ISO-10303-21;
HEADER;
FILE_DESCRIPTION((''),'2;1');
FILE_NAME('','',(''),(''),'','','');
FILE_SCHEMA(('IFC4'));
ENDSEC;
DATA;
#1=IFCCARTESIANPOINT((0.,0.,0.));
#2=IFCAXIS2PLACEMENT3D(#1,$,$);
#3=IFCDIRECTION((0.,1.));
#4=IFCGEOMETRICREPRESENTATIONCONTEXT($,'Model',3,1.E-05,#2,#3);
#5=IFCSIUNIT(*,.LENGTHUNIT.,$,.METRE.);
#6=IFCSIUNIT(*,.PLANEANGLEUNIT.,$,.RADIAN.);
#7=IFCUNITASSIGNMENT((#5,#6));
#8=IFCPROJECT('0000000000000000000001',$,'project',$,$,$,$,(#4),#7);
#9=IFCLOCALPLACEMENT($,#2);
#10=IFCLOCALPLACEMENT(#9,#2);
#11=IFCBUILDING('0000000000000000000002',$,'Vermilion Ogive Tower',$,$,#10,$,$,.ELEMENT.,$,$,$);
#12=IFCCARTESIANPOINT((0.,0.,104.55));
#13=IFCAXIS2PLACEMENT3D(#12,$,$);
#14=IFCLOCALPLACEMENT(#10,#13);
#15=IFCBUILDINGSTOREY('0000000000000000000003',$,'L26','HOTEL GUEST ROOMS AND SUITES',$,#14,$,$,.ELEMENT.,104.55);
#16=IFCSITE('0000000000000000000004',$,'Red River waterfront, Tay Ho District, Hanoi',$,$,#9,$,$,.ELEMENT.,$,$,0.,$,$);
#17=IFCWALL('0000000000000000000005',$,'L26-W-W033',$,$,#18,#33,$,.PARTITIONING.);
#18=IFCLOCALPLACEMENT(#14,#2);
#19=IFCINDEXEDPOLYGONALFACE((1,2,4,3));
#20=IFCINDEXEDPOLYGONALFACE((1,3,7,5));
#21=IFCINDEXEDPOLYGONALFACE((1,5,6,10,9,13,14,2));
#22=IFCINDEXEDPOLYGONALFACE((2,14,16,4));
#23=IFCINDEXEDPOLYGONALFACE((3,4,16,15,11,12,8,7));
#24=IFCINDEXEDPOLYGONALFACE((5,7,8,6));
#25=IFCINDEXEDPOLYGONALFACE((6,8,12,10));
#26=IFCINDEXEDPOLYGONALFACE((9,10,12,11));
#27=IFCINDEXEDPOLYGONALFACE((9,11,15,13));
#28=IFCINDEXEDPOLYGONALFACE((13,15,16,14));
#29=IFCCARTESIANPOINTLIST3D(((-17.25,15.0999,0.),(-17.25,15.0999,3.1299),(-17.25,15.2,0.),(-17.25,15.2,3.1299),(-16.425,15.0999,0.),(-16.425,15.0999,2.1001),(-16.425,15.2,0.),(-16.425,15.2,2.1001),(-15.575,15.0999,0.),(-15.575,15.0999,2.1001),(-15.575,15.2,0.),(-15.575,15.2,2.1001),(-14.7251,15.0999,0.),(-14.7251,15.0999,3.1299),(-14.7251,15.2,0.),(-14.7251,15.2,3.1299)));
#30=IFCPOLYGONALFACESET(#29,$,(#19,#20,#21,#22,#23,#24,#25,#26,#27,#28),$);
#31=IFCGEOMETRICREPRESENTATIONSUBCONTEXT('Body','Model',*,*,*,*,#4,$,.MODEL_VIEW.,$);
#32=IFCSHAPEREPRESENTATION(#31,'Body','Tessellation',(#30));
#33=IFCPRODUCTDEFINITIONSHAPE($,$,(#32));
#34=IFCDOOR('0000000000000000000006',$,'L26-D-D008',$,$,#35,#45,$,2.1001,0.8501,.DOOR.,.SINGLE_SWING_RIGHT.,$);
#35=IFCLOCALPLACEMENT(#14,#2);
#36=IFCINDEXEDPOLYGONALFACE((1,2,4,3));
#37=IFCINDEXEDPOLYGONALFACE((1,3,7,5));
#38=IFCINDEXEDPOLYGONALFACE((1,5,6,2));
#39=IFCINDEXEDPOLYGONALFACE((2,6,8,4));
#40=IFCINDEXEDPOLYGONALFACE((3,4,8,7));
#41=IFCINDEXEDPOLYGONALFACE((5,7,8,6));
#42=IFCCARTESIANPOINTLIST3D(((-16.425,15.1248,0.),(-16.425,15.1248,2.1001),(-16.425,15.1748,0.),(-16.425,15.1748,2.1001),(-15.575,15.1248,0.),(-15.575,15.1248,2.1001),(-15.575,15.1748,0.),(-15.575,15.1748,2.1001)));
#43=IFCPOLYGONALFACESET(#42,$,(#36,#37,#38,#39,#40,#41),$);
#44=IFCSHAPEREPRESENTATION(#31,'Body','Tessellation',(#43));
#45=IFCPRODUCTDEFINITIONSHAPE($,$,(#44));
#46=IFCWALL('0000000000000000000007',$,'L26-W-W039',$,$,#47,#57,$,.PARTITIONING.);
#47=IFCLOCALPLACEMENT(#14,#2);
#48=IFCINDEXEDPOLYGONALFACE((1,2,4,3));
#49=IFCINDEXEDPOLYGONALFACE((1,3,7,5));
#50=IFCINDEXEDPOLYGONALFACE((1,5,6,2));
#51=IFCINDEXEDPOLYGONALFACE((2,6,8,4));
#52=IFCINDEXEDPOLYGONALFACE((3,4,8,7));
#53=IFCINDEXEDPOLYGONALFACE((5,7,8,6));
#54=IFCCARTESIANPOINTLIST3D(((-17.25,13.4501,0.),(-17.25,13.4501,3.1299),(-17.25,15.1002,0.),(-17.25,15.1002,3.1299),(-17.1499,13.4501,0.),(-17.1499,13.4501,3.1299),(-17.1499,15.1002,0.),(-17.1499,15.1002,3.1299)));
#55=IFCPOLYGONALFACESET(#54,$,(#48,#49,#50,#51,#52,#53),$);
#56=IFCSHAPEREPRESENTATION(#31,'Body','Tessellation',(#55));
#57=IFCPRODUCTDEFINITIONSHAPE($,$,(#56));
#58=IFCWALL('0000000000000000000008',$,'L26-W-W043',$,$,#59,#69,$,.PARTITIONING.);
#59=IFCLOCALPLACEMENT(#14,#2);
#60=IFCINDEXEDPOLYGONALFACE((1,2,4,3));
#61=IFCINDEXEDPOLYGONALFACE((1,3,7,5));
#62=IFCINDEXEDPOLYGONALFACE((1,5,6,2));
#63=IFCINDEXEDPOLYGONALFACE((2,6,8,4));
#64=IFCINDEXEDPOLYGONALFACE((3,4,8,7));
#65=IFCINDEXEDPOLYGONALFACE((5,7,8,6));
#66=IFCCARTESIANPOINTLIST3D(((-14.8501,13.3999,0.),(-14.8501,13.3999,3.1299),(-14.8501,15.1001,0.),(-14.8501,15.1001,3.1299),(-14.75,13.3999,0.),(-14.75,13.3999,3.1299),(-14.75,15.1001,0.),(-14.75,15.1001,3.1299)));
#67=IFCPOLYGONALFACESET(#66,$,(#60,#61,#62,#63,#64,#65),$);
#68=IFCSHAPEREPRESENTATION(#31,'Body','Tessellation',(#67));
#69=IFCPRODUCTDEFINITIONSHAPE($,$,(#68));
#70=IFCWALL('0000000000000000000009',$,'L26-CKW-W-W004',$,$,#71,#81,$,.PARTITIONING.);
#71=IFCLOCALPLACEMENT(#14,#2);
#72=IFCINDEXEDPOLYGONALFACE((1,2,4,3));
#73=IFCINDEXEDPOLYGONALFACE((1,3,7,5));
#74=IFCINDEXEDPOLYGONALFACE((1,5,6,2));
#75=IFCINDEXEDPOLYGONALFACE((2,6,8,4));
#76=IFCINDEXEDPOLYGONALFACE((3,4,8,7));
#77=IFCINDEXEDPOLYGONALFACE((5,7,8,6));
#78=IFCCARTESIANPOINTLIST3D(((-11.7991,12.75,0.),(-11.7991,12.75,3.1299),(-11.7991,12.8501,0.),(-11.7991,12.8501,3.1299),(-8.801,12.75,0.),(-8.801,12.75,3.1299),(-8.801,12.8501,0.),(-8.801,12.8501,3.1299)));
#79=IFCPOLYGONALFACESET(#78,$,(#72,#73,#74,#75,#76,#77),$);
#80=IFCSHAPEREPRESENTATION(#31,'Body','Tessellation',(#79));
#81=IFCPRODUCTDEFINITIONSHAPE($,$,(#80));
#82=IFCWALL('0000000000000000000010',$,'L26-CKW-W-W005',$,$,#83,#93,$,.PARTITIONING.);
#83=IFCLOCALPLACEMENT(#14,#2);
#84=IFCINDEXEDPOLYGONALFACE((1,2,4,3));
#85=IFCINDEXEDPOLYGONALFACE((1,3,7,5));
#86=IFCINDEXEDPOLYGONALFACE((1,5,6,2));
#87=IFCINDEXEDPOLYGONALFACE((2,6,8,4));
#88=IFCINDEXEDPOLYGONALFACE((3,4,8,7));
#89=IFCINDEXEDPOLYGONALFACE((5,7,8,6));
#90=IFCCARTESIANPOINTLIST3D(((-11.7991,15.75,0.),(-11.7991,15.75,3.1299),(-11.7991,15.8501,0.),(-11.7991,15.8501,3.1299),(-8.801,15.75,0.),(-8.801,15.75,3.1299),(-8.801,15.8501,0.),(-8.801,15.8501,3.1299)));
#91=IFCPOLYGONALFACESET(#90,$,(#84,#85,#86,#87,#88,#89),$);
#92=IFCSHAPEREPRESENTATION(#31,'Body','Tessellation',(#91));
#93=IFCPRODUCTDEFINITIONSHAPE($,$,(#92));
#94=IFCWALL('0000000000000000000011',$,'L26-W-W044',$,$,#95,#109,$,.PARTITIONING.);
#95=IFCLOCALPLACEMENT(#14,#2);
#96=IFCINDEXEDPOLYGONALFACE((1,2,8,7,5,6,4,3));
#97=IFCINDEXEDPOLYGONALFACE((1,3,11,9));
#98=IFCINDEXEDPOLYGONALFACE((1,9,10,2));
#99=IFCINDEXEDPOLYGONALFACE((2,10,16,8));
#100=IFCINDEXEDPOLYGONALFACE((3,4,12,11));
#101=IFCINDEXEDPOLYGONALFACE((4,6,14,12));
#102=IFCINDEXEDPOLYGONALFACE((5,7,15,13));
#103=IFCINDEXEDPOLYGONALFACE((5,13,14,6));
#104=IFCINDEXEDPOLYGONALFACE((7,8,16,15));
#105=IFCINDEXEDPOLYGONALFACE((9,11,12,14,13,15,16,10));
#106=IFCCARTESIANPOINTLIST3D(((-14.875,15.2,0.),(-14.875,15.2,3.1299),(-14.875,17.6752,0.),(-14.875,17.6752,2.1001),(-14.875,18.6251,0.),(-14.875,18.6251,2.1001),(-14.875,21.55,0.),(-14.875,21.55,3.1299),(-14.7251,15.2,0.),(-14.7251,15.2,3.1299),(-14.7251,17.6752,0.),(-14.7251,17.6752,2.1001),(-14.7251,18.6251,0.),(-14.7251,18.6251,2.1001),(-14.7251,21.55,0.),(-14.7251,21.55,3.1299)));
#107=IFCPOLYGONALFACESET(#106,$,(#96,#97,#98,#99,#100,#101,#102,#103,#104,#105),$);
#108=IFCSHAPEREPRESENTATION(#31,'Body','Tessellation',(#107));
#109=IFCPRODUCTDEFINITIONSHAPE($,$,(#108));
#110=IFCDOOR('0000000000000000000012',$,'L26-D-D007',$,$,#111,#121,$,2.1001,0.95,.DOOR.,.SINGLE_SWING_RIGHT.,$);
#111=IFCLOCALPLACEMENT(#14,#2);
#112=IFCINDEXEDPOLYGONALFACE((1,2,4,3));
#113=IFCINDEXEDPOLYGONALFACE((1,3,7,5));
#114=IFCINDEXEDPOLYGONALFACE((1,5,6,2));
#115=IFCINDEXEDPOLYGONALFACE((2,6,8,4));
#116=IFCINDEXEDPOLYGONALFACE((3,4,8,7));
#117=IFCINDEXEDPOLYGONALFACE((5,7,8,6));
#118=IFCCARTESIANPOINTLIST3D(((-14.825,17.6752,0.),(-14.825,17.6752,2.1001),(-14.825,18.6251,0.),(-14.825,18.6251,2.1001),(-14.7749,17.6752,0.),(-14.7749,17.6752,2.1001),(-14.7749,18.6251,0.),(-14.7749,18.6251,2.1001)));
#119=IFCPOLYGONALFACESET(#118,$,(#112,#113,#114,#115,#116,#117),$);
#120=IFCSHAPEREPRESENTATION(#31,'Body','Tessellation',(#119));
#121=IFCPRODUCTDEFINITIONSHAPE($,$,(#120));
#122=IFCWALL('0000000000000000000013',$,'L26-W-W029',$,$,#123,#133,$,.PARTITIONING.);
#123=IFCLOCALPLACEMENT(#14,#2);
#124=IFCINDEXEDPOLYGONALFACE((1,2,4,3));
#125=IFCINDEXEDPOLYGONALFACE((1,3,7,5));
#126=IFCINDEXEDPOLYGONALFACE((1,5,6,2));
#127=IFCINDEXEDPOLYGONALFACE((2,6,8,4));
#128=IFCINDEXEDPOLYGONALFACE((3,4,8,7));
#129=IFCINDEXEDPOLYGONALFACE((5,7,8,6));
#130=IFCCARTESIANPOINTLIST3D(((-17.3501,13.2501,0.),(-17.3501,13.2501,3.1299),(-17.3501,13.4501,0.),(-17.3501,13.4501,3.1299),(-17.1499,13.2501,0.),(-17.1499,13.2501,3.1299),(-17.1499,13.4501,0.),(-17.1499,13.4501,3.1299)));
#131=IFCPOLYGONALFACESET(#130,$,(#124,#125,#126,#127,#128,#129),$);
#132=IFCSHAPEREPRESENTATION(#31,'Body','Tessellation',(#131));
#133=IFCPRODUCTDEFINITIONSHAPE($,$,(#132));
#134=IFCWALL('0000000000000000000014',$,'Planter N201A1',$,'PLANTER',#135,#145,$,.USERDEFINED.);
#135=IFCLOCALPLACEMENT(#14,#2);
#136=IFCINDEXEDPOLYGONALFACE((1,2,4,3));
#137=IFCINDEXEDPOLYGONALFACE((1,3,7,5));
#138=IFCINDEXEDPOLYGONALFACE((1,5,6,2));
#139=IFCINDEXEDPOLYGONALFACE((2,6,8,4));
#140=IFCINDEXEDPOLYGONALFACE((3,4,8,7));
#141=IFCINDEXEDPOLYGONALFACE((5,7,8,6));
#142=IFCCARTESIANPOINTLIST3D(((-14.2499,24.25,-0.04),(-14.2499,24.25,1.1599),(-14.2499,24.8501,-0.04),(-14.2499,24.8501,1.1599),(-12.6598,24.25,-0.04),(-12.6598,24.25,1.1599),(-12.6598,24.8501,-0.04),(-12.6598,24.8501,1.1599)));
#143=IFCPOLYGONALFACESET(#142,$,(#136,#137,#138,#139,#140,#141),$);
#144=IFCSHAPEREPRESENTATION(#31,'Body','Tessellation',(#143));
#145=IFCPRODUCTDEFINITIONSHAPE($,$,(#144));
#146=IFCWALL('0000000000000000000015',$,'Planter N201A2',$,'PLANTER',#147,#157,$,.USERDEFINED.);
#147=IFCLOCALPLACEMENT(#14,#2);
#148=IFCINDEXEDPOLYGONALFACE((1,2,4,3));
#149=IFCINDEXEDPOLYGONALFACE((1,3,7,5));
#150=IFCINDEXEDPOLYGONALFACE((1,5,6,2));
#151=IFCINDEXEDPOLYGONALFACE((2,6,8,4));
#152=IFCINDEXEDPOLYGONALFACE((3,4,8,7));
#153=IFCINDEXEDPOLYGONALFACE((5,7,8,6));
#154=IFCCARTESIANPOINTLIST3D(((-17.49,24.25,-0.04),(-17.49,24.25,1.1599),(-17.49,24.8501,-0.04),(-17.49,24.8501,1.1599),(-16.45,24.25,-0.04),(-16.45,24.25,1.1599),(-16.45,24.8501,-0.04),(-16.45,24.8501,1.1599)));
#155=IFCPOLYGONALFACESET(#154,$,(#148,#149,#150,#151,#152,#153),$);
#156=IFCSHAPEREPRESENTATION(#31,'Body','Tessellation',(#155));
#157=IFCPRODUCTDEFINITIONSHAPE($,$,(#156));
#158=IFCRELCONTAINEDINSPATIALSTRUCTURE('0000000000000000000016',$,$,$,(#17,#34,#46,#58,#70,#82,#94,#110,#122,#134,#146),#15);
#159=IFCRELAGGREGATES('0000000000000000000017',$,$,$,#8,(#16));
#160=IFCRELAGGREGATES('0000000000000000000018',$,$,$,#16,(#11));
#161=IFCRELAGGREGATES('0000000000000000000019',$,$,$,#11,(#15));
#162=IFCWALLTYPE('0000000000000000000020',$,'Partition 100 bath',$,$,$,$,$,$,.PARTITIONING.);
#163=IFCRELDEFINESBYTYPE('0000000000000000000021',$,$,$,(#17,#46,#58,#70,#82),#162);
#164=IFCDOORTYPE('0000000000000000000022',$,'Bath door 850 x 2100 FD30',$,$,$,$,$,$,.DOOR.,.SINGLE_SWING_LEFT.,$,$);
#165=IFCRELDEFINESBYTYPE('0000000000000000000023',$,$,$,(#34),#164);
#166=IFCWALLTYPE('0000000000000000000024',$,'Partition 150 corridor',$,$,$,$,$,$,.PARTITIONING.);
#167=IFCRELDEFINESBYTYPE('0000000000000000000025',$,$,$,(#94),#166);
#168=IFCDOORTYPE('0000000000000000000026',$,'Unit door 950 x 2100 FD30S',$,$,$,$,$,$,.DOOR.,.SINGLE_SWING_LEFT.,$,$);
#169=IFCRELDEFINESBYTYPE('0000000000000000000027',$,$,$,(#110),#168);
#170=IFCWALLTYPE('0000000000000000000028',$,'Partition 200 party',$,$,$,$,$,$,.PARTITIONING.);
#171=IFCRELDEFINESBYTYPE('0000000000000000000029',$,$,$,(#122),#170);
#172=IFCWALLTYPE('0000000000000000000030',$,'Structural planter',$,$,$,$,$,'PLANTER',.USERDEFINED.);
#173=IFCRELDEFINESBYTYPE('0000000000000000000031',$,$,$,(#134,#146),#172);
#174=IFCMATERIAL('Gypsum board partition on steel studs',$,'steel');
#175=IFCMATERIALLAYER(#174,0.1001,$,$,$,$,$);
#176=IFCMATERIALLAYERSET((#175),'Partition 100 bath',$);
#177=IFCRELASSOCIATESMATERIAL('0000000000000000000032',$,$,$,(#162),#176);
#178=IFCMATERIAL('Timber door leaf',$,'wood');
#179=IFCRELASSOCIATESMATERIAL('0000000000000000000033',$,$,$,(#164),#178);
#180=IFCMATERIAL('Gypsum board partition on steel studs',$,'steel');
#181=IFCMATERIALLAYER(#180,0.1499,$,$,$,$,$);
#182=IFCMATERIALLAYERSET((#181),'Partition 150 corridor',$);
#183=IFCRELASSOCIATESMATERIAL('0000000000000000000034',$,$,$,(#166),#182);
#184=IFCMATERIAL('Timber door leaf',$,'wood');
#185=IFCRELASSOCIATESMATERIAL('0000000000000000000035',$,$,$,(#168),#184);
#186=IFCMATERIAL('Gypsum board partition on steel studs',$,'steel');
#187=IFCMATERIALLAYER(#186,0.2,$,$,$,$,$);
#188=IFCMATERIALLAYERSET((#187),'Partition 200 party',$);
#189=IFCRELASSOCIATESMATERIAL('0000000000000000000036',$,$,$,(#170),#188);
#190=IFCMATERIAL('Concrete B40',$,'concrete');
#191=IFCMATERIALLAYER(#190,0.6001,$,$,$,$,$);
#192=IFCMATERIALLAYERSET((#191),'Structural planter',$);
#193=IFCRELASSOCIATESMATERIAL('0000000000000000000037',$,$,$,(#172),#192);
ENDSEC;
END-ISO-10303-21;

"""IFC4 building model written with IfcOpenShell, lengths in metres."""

from ifc_helpers import new_model, si_unit, direction, frame, frame_2d, origin, place, context, subcontext, project, spatial, rectangle, extrude, material, layer, layer_set, type_object, element, fill, save


model = new_model("IFC4")

# Units and contexts
model_context = context("Model", 3, precision=1e-05, world=origin(), true_north=direction((0.0, 1.0)))
body_context = subcontext(model_context, "Body", "Model", "MODEL_VIEW")
ifc_project = project(units=[si_unit("LENGTHUNIT", "METRE"), si_unit("PLANEANGLEUNIT", "RADIAN")], contexts=[model_context])

# Site, building, storey
site_placement = place(None, origin())
site = spatial("IfcSite", under=ifc_project, at=site_placement, Name="Red River waterfront, Tay Ho District, Hanoi", CompositionType="ELEMENT", RefElevation=0.0)
building_placement = place(site_placement, origin())
building = spatial("IfcBuilding", under=site, at=building_placement, Name="Vermilion Ogive Tower", CompositionType="ELEMENT")
storey_placement = place(building_placement, frame((0.0, 0.0, 104.55)))
storey = spatial("IfcBuildingStorey", under=building, at=storey_placement, Name="L26", Description="HOTEL GUEST ROOMS AND SUITES", CompositionType="ELEMENT", Elevation=104.55)

# Shared definitions
ifc_material_1 = material(Name="Gypsum board partition on steel studs", Category="steel")
ifc_layer_1 = layer(ifc_material_1, 0.1001)
ifc_layer_set_1 = layer_set([ifc_layer_1], Name="Partition 100 bath")
wall_type_1 = type_object("IfcWallType", Name="Partition 100 bath", PredefinedType="PARTITIONING", material=ifc_layer_set_1)

# Wall, opening, door
wall_1_placement = place(storey_placement, frame((-17.25, 15.1499, 0.0), z_axis=(0.0, 0.0, 1.0), x_axis=(1.0, 0.0, 0.0)))
wall_1 = element("IfcWall", 1, at=wall_1_placement, inside=storey, type_object=wall_type_1, Name="L26-W-W033", PredefinedType="PARTITIONING", context=body_context, shape_type="SweptSolid", body=[
    extrude(rectangle(XDim=2.5249, YDim=0.1001, at=frame_2d((1.2625, 0.0))), origin(), (0.0, 0.0, 1.0), 3.1299),
])
opening_1_placement = place(wall_1_placement, frame((0.825, 0.0, 0.0)))
opening_1 = element("IfcOpeningElement", 2, at=opening_1_placement, cuts=wall_1, PredefinedType="OPENING", context=body_context, shape_type="SweptSolid", body=[
    extrude(rectangle(XDim=0.8501, YDim=2.1001, at=frame_2d((0.425, 1.05))), frame((0.0, 0.0601, 0.0), z_axis=(0.0, -1.0, 0.0), x_axis=(1.0, 0.0, 0.0)), (0.0, 0.0, 1.0), 0.1201),
])
ifc_material_2 = material(Name="Timber door leaf", Category="wood")
door_type_1 = type_object("IfcDoorType", Name="Bath door 850 x 2100 FD30", OperationType="SINGLE_SWING_LEFT", PredefinedType="DOOR", material=ifc_material_2)
door_1_placement = place(opening_1_placement, origin())
door_1 = element("IfcDoor", 3, at=door_1_placement, inside=storey, type_object=door_type_1, Name="L26-D-D008", OperationType="SINGLE_SWING_RIGHT", OverallHeight=2.1001, OverallWidth=0.8501, PredefinedType="DOOR", context=body_context, shape_type="SweptSolid", body=[
    extrude(rectangle(XDim=0.8501, YDim=2.1001, at=frame_2d((0.425, 1.05))), frame((0.0, 0.0249, 0.0), z_axis=(0.0, -1.0, 0.0), x_axis=(1.0, 0.0, 0.0)), (0.0, 0.0, 1.0), 0.05),
])
fill(opening_1, door_1)

# Walls
wall_2_placement = place(storey_placement, frame((-17.2, 13.45, 0.0), z_axis=(0.0, 0.0, 1.0), x_axis=(0.0, 1.0, 0.0)))
element("IfcWall", 4, at=wall_2_placement, inside=storey, type_object=wall_type_1, Name="L26-W-W039", PredefinedType="PARTITIONING", context=body_context, shape_type="SweptSolid", body=[
    extrude(rectangle(XDim=1.6501, YDim=0.1001, at=frame_2d((0.8252, 0.0))), origin(), (0.0, 0.0, 1.0), 3.1299),
])
wall_3_placement = place(storey_placement, frame((-14.8, 13.3999, 0.0), z_axis=(0.0, 0.0, 1.0), x_axis=(0.0, 1.0, 0.0)))
element("IfcWall", 5, at=wall_3_placement, inside=storey, type_object=wall_type_1, Name="L26-W-W043", PredefinedType="PARTITIONING", context=body_context, shape_type="SweptSolid", body=[
    extrude(rectangle(XDim=1.7002, YDim=0.1001, at=frame_2d((0.8501, 0.0))), origin(), (0.0, 0.0, 1.0), 3.1299),
])
for number, where, z_axis, x_axis, name in (
    (6, (-11.7991, 12.8, 0.0), (0.0, 0.0, 1.0), (1.0, 0.0, 0.0), "L26-CKW-W-W004"),
    (7, (-11.7991, 15.8, 0.0), (0.0, 0.0, 1.0), (1.0, 0.0, 0.0), "L26-CKW-W-W005"),
):
    element("IfcWall", number, at=place(storey_placement, frame(where, z_axis=z_axis, x_axis=x_axis)), inside=storey, type_object=wall_type_1, Name=name, PredefinedType="PARTITIONING", context=body_context, shape_type="SweptSolid", body=[
        extrude(rectangle(XDim=2.998, YDim=0.1001, at=frame_2d((1.499, 0.0))), origin(), (0.0, 0.0, 1.0), 3.1299),
    ])

# Wall, opening, door
ifc_material_3 = material(Name="Gypsum board partition on steel studs", Category="steel")
ifc_layer_2 = layer(ifc_material_3, 0.1499)
ifc_layer_set_2 = layer_set([ifc_layer_2], Name="Partition 150 corridor")
wall_type_2 = type_object("IfcWallType", Name="Partition 150 corridor", PredefinedType="PARTITIONING", material=ifc_layer_set_2)
wall_4_placement = place(storey_placement, frame((-14.8, 15.2, 0.0), z_axis=(0.0, 0.0, 1.0), x_axis=(0.0, 1.0, 0.0)))
wall_4 = element("IfcWall", 8, at=wall_4_placement, inside=storey, type_object=wall_type_2, Name="L26-W-W044", PredefinedType="PARTITIONING", context=body_context, shape_type="SweptSolid", body=[
    extrude(rectangle(XDim=6.3501, YDim=0.1499, at=frame_2d((3.175, 0.0))), origin(), (0.0, 0.0, 1.0), 3.1299),
])
opening_2_placement = place(wall_4_placement, frame((2.4751, 0.0, 0.0)))
opening_2 = element("IfcOpeningElement", 9, at=opening_2_placement, cuts=wall_4, PredefinedType="OPENING", context=body_context, shape_type="SweptSolid", body=[
    extrude(rectangle(XDim=0.95, YDim=2.1001, at=frame_2d((0.4751, 1.05))), frame((0.0, 0.085, 0.0), z_axis=(0.0, -1.0, 0.0), x_axis=(1.0, 0.0, 0.0)), (0.0, 0.0, 1.0), 0.1699),
])
ifc_material_4 = material(Name="Timber door leaf", Category="wood")
door_type_2 = type_object("IfcDoorType", Name="Unit door 950 x 2100 FD30S", OperationType="SINGLE_SWING_LEFT", PredefinedType="DOOR", material=ifc_material_4)
door_2_placement = place(opening_2_placement, origin())
door_2 = element("IfcDoor", 10, at=door_2_placement, inside=storey, type_object=door_type_2, Name="L26-D-D007", OperationType="SINGLE_SWING_RIGHT", OverallHeight=2.1001, OverallWidth=0.95, PredefinedType="DOOR", context=body_context, shape_type="SweptSolid", body=[
    extrude(rectangle(XDim=0.95, YDim=2.1001, at=frame_2d((0.4751, 1.05))), frame((0.0, 0.0249, 0.0), z_axis=(0.0, -1.0, 0.0), x_axis=(1.0, 0.0, 0.0)), (0.0, 0.0, 1.0), 0.05),
])
fill(opening_2, door_2)

# Walls
ifc_material_5 = material(Name="Gypsum board partition on steel studs", Category="steel")
ifc_layer_3 = layer(ifc_material_5, 0.2)
ifc_layer_set_3 = layer_set([ifc_layer_3], Name="Partition 200 party")
wall_type_3 = type_object("IfcWallType", Name="Partition 200 party", PredefinedType="PARTITIONING", material=ifc_layer_set_3)
wall_5_placement = place(storey_placement, frame((-17.3501, 13.3501, 0.0), z_axis=(0.0, 0.0, 1.0), x_axis=(1.0, 0.0, 0.0)))
element("IfcWall", 11, at=wall_5_placement, inside=storey, type_object=wall_type_3, Name="L26-W-W029", PredefinedType="PARTITIONING", context=body_context, shape_type="SweptSolid", body=[
    extrude(rectangle(XDim=0.2002, YDim=0.2, at=frame_2d((0.1001, 0.0))), origin(), (0.0, 0.0, 1.0), 3.1299),
])
ifc_material_6 = material(Name="Concrete B40", Category="concrete")
ifc_layer_4 = layer(ifc_material_6, 0.6001)
ifc_layer_set_4 = layer_set([ifc_layer_4], Name="Structural planter")
wall_type_4 = type_object("IfcWallType", Name="Structural planter", ElementType="PLANTER", PredefinedType="USERDEFINED", material=ifc_layer_set_4)
wall_6_placement = place(storey_placement, frame((-12.6599, 24.55, -0.04), z_axis=(0.0, 0.0, 1.0), x_axis=(-1.0, 0.0, 0.0)))
element("IfcWall", 12, at=wall_6_placement, inside=storey, type_object=wall_type_4, Name="Planter N201A1", ObjectType="PLANTER", PredefinedType="USERDEFINED", context=body_context, shape_type="SweptSolid", body=[
    extrude(rectangle(XDim=1.5901, YDim=0.6001, at=frame_2d((0.7949, 0.0))), origin(), (0.0, 0.0, 1.0), 1.2),
])
wall_7_placement = place(storey_placement, frame((-16.45, 24.55, -0.04), z_axis=(0.0, 0.0, 1.0), x_axis=(-1.0, 0.0, 0.0)))
element("IfcWall", 13, at=wall_7_placement, inside=storey, type_object=wall_type_4, Name="Planter N201A2", ObjectType="PLANTER", PredefinedType="USERDEFINED", context=body_context, shape_type="SweptSolid", body=[
    extrude(rectangle(XDim=1.04, YDim=0.6001, at=frame_2d((0.52, 0.0))), origin(), (0.0, 0.0, 1.0), 1.2),
])

save(model, "model.ifc")
